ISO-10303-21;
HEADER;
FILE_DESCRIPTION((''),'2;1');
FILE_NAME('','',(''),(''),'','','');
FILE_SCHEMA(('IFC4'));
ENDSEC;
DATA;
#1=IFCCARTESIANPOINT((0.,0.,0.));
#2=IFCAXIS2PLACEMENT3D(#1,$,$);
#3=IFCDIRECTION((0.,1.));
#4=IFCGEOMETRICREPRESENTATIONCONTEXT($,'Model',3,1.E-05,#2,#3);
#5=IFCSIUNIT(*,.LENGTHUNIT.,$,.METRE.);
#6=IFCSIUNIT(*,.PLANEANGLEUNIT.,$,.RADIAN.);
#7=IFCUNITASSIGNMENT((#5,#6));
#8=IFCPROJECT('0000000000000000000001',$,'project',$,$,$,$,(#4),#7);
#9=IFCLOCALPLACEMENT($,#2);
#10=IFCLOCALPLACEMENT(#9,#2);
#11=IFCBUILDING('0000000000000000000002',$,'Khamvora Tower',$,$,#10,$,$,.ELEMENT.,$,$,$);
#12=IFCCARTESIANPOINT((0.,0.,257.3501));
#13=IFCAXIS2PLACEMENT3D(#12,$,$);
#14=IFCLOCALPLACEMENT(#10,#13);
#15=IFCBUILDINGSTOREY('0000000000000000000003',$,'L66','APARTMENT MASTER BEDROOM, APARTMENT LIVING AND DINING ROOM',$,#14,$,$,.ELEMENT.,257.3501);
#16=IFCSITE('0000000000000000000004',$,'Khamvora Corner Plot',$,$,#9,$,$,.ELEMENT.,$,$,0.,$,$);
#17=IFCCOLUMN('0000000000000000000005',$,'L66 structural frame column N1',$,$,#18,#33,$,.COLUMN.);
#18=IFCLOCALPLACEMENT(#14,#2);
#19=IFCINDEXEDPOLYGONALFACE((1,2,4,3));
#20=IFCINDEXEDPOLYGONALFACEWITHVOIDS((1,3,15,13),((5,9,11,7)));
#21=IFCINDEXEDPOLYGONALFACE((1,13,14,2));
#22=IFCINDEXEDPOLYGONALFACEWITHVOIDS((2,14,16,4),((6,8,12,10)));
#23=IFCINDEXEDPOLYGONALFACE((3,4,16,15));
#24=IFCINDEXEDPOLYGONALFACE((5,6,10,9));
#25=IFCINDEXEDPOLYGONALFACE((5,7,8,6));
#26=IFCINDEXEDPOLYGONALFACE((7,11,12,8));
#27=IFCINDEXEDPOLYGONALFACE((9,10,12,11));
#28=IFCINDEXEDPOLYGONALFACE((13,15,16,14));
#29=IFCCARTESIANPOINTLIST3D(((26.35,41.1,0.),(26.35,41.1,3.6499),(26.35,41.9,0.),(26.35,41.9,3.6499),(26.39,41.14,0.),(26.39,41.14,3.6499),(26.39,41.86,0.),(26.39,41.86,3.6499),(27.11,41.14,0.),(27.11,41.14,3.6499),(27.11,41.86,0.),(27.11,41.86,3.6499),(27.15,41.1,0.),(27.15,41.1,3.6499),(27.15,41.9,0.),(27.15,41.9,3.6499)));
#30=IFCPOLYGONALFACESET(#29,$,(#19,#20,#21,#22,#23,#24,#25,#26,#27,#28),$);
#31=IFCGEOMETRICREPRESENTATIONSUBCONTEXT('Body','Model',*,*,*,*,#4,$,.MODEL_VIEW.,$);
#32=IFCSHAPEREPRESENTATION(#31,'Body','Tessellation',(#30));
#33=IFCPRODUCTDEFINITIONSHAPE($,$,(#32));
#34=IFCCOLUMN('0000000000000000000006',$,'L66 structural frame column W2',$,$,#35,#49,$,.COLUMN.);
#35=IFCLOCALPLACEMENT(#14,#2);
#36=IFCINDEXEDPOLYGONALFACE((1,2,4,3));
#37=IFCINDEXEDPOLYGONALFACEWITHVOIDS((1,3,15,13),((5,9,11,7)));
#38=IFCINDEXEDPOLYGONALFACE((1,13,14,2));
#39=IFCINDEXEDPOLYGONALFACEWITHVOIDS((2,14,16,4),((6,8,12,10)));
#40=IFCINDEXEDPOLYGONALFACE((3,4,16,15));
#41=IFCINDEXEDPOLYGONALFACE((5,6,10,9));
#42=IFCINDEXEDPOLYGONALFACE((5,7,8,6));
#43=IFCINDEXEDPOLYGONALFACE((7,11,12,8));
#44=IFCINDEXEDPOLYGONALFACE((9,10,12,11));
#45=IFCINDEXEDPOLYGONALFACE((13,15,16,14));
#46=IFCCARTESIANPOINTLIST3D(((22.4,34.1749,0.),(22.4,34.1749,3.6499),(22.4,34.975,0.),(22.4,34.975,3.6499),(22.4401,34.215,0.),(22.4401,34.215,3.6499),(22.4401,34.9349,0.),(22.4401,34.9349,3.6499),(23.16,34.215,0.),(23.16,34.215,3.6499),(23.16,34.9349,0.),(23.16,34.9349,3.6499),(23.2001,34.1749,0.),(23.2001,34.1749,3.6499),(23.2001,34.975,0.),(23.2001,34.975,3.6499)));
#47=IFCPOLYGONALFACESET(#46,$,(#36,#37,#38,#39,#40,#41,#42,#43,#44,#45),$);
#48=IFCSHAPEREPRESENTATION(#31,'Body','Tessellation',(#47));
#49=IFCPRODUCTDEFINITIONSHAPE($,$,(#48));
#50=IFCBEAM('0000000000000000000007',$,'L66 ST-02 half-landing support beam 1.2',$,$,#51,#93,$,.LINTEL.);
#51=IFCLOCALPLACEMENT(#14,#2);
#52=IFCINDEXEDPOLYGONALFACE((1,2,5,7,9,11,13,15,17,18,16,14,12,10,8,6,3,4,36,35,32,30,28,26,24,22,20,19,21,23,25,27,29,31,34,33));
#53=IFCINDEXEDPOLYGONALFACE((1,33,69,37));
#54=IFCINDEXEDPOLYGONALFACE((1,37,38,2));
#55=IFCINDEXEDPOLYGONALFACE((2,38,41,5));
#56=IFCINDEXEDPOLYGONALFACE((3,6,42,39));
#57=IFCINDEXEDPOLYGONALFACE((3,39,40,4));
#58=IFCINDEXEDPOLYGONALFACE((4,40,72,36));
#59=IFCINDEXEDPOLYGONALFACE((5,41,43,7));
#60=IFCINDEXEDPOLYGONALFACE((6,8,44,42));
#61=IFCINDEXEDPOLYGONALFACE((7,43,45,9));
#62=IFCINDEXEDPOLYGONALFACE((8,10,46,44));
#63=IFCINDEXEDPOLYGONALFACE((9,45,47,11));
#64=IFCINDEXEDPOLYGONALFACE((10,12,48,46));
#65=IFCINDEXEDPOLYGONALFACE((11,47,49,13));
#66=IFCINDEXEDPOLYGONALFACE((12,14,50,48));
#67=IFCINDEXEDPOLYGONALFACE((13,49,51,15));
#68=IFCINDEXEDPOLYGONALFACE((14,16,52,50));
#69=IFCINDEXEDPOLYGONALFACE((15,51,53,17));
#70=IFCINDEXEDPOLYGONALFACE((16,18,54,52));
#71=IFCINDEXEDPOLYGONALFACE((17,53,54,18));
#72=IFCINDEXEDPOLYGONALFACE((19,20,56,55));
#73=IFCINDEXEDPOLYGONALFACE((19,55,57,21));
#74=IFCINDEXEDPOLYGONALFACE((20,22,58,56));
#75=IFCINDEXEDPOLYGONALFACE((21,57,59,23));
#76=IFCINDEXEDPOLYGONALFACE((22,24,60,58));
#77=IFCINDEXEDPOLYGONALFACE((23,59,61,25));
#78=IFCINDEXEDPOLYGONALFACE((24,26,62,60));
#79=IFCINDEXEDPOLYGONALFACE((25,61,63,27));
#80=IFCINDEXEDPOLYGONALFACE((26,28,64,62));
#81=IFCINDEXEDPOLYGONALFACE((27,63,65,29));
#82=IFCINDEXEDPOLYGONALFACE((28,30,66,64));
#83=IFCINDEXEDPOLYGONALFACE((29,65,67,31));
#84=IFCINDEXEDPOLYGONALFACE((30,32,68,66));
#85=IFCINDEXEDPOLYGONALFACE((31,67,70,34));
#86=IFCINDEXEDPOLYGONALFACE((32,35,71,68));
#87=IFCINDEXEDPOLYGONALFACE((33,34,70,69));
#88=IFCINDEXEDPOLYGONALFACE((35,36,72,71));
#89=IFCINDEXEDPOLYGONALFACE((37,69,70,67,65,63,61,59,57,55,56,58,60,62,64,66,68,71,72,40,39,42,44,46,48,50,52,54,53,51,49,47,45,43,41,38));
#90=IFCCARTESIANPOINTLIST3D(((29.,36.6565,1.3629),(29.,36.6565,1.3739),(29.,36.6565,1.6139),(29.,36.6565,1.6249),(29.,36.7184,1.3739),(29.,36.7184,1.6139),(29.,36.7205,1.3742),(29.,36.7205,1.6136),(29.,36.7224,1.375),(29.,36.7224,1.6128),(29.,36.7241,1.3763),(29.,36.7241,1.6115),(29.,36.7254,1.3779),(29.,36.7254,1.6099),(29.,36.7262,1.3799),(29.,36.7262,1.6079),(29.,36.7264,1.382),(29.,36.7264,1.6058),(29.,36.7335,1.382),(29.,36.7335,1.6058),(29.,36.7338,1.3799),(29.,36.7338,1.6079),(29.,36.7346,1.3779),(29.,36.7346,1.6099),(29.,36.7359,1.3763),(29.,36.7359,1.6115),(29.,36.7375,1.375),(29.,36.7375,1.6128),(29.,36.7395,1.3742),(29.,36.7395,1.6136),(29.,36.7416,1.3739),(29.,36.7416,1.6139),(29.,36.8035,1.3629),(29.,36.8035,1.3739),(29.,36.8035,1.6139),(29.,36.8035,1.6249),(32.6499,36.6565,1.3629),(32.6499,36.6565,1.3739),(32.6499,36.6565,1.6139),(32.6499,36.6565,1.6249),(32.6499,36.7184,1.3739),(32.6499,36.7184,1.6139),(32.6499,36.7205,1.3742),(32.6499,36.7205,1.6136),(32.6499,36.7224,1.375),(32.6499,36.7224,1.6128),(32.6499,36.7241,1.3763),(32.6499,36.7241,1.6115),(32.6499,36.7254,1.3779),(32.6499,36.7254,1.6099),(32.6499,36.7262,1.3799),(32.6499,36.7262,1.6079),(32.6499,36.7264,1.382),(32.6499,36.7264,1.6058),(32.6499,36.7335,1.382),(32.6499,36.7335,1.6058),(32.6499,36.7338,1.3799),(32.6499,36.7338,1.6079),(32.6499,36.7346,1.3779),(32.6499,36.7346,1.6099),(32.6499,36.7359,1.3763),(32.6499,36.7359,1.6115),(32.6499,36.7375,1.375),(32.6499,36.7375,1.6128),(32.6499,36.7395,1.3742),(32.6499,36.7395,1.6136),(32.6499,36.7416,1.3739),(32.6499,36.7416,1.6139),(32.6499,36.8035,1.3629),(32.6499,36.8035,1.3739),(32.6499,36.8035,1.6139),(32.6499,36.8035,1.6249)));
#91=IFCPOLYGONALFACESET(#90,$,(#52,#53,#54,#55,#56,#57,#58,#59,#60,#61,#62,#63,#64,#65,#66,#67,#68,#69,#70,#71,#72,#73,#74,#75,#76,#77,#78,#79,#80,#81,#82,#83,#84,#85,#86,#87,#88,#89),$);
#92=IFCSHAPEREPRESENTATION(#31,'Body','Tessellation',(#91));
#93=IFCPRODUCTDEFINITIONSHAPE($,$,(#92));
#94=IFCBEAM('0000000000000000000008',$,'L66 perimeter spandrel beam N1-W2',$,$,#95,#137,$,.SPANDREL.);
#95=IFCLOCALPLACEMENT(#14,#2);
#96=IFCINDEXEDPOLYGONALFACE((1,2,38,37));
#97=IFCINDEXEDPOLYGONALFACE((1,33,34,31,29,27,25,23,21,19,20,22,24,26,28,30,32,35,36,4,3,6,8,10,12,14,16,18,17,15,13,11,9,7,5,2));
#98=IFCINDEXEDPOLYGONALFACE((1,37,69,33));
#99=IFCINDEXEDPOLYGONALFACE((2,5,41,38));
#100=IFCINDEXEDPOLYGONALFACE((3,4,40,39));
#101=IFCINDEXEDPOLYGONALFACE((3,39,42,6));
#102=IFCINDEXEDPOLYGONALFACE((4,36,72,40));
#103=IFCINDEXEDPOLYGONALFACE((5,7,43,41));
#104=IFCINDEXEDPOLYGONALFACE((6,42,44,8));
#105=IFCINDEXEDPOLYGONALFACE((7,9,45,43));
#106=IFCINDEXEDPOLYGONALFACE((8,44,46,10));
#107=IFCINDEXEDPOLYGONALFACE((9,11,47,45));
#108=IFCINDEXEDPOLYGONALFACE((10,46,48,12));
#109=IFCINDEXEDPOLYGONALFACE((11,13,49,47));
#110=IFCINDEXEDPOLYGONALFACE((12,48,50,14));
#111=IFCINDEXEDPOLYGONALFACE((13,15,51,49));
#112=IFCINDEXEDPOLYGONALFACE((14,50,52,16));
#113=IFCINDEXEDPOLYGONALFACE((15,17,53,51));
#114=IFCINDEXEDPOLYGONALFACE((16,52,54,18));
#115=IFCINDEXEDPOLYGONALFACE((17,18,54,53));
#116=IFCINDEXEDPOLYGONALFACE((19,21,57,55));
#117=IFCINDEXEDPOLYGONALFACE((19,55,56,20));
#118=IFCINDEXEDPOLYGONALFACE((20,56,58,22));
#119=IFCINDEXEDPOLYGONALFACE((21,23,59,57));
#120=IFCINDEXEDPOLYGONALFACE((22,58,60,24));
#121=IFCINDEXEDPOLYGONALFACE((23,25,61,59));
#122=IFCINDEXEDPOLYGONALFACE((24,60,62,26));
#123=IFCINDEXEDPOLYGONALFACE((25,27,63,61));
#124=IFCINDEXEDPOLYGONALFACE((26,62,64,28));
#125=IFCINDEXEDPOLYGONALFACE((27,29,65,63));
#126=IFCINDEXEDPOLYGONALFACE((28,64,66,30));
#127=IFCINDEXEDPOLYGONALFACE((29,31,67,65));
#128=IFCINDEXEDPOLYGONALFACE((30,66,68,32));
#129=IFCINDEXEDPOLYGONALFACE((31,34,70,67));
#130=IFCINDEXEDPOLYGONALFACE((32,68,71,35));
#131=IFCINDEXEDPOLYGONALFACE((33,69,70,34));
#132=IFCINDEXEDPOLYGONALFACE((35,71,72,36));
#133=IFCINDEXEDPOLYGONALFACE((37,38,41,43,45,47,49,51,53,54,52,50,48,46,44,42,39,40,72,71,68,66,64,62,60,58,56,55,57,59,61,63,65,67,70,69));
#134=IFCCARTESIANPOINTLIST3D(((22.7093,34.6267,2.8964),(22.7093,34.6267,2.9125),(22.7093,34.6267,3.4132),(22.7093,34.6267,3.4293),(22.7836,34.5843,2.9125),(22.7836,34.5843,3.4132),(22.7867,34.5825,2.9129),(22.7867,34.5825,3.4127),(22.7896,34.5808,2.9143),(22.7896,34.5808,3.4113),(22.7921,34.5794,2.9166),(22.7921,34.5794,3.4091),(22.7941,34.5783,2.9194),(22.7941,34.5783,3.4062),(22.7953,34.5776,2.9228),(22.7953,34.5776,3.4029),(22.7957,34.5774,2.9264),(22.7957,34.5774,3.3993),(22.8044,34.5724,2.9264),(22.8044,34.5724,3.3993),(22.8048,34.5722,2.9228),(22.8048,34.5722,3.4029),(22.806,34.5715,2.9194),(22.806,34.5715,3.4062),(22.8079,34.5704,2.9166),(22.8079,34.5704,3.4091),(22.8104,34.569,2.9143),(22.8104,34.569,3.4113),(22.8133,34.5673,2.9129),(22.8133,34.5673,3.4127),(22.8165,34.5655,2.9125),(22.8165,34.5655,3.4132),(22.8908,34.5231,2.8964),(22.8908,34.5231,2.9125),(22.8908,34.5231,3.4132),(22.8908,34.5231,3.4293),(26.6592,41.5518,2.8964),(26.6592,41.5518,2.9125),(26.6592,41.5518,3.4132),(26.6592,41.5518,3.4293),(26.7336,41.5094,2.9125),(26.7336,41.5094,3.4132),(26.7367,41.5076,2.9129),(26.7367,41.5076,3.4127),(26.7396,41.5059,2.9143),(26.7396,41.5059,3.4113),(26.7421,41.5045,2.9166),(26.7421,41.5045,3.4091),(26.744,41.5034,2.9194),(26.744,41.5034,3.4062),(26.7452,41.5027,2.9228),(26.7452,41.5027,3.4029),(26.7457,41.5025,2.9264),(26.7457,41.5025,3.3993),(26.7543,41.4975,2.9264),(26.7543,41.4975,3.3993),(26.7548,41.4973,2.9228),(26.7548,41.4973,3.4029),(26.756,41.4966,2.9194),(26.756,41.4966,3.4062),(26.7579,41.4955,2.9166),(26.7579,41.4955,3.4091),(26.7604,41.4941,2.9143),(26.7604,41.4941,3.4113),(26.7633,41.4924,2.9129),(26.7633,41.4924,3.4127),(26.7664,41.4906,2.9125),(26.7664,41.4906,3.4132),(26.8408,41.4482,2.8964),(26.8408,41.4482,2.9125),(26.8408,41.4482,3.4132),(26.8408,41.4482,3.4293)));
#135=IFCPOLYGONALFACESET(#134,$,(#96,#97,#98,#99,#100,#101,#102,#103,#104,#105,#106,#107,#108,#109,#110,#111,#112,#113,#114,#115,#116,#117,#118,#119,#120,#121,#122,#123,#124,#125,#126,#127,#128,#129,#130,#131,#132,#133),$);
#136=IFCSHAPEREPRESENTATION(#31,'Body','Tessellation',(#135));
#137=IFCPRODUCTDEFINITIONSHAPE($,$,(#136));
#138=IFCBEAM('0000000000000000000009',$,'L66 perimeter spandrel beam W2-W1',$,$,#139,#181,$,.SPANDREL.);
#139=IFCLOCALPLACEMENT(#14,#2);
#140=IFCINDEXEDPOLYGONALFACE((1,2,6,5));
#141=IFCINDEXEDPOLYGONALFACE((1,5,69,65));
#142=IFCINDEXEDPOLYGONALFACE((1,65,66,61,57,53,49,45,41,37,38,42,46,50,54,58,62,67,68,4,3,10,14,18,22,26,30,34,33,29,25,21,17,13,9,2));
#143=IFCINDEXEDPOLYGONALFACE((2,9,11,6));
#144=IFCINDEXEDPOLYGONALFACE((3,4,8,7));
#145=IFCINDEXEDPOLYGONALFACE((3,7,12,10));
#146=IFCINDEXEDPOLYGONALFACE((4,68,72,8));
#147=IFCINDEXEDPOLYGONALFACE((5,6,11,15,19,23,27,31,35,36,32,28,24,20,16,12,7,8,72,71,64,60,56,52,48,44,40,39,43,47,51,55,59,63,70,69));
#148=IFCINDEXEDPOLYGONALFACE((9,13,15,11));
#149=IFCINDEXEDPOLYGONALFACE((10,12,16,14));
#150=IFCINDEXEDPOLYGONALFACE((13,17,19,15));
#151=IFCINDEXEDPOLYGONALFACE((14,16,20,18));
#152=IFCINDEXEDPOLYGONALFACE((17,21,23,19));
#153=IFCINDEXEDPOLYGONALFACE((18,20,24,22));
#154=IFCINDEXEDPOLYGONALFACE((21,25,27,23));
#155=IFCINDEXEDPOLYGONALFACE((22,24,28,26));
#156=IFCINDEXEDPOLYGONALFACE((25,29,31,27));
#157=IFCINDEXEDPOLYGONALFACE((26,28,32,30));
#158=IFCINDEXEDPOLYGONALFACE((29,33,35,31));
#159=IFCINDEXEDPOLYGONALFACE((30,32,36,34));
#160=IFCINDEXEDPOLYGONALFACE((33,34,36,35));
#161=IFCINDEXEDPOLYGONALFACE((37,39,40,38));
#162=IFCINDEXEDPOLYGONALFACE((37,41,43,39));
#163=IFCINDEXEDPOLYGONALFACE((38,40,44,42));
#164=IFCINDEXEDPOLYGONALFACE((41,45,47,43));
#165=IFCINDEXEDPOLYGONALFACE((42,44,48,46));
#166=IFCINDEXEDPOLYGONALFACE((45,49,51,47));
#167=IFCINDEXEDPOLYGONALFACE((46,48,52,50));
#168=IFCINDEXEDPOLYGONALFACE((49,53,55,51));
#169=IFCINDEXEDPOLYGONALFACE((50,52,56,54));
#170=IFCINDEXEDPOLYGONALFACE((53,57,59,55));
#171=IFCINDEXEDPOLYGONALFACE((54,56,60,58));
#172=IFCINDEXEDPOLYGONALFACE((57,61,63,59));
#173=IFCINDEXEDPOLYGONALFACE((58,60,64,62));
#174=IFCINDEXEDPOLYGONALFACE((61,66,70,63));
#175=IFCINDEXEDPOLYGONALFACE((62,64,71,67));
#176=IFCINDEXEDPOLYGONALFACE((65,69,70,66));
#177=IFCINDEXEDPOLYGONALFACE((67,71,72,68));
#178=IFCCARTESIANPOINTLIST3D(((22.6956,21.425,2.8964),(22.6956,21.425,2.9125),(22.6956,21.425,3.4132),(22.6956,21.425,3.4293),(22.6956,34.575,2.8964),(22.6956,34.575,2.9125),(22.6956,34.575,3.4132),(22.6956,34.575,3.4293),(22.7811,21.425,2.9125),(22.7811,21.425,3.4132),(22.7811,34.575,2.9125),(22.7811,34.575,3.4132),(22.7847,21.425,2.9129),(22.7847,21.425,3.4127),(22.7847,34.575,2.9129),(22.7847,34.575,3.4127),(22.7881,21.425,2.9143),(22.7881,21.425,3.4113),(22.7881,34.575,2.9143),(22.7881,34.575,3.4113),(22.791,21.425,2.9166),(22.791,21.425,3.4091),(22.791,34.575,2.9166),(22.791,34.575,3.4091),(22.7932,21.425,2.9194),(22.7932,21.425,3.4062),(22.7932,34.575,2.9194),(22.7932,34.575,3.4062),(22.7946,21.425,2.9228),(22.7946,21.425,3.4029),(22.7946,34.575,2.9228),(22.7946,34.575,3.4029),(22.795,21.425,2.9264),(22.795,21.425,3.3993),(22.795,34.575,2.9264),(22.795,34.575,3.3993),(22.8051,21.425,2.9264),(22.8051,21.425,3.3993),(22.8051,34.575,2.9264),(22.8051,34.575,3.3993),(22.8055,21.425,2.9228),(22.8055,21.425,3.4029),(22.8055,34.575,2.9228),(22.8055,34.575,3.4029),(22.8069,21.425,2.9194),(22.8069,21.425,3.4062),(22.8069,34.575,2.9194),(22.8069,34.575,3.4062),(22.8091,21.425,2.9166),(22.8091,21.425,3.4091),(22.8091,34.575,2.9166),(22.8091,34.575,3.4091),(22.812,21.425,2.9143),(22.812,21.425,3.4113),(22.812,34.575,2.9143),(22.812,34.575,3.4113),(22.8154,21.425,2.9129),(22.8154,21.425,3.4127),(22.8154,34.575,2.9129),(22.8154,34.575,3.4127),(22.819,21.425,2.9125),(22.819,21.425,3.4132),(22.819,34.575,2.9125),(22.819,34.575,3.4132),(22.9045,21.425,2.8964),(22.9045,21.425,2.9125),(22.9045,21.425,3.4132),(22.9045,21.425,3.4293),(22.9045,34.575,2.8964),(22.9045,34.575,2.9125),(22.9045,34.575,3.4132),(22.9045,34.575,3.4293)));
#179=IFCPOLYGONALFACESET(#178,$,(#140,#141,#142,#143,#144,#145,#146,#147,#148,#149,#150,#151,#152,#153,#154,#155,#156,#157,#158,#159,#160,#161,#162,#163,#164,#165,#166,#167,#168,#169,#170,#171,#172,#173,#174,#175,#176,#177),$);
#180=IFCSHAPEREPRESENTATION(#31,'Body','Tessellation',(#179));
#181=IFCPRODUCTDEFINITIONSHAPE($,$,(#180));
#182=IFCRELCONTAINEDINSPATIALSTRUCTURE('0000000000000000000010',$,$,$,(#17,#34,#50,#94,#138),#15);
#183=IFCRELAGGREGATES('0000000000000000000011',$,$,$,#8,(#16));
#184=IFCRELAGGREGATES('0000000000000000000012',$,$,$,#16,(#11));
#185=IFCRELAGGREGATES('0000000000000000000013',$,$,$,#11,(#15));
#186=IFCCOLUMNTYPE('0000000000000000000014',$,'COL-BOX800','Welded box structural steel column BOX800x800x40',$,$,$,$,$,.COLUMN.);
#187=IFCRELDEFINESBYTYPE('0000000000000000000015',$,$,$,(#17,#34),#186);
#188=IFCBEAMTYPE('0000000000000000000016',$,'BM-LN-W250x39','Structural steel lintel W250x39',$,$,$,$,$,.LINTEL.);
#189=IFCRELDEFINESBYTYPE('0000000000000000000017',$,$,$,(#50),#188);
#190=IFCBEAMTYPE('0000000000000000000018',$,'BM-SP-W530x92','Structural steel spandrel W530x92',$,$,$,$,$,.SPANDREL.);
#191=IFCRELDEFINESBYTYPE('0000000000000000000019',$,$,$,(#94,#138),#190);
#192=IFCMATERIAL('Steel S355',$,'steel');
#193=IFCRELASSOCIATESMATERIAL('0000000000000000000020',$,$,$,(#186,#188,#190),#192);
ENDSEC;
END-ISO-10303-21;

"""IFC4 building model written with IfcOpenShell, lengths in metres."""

from ifc_helpers import new_model, si_unit, direction, frame, origin, origin_2d, place, context, subcontext, project, spatial, hollow_rectangle, i_section, extrude, material, material_profile, profile_set, type_object, element, save


model = new_model("IFC4")

# Units and contexts
model_context = context("Model", 3, precision=1e-05, world=origin(), true_north=direction((0.0, 1.0)))
body_context = subcontext(model_context, "Body", "Model", "MODEL_VIEW")
ifc_project = project(units=[si_unit("LENGTHUNIT", "METRE"), si_unit("PLANEANGLEUNIT", "RADIAN")], contexts=[model_context])

# Site, building, storey
site_placement = place(None, origin())
site = spatial("IfcSite", under=ifc_project, at=site_placement, Name="Khamvora Corner Plot", CompositionType="ELEMENT", RefElevation=0.0)
building_placement = place(site_placement, origin())
building = spatial("IfcBuilding", under=site, at=building_placement, Name="Khamvora Tower", CompositionType="ELEMENT")
storey_placement = place(building_placement, frame((0.0, 0.0, 257.3501)))
storey = spatial("IfcBuildingStorey", under=building, at=storey_placement, Name="L66", Description="APARTMENT MASTER BEDROOM, APARTMENT LIVING AND DINING ROOM", CompositionType="ELEMENT", Elevation=257.3501)

# Columns
ifc_material_1 = material(Name="Steel S355", Category="steel")
ifc_material_profile_1 = material_profile(ifc_material_1, hollow_rectangle(XDim=0.8, YDim=0.8, WallThickness=0.04, at=origin_2d()), Name="BOX800x800x40")
ifc_profile_set_1 = profile_set([ifc_material_profile_1], Name="Steel S355")
column_type = type_object("IfcColumnType", Name="COL-BOX800", Description="Welded box structural steel column BOX800x800x40", PredefinedType="COLUMN", material=ifc_profile_set_1)
for number, where, z_axis, x_axis, name in (
    (1, (26.75, 41.5, 0.0), (0.0, 0.0, 1.0), (1.0, 0.0, 0.0), "L66 structural frame column N1"),
    (2, (22.8, 34.575, 0.0), (0.0, 0.0, 1.0), (1.0, 0.0, 0.0), "L66 structural frame column W2"),
):
    element("IfcColumn", number, at=place(storey_placement, frame(where, z_axis=z_axis, x_axis=x_axis)), inside=storey, type_object=column_type, Name=name, PredefinedType="COLUMN", context=body_context, shape_type="SweptSolid", body=[
        extrude(hollow_rectangle(XDim=0.8, YDim=0.8, WallThickness=0.04, at=origin_2d()), origin(), (0.0, 0.0, 1.0), 3.6499),
    ])

# Beams
ifc_material_profile_2 = material_profile(ifc_material_1, i_section(OverallWidth=0.147, OverallDepth=0.262, WebThickness=0.0071, FlangeThickness=0.011, FilletRadius=0.0081, at=origin_2d()), Name="W250x39")
ifc_profile_set_2 = profile_set([ifc_material_profile_2], Name="Steel S355")
beam_type_1 = type_object("IfcBeamType", Name="BM-LN-W250x39", Description="Structural steel lintel W250x39", PredefinedType="LINTEL", material=ifc_profile_set_2)
beam_1_placement = place(storey_placement, frame((29.0, 36.73, 1.4939), z_axis=(1.0, 0.0, 0.0), x_axis=(0.0, 1.0, 0.0)))
element("IfcBeam", 3, at=beam_1_placement, inside=storey, type_object=beam_type_1, Name="L66 ST-02 half-landing support beam 1.2", PredefinedType="LINTEL", context=body_context, shape_type="SweptSolid", body=[
    extrude(i_section(OverallWidth=0.147, OverallDepth=0.262, WebThickness=0.0071, FlangeThickness=0.011, FilletRadius=0.0081, at=origin_2d()), origin(), (0.0, 0.0, 1.0), 3.6499),
])
ifc_material_profile_3 = material_profile(ifc_material_1, i_section(OverallWidth=0.209, OverallDepth=0.533, WebThickness=0.01, FlangeThickness=0.0161, FilletRadius=0.0139, at=origin_2d()), Name="W530x92")
ifc_profile_set_3 = profile_set([ifc_material_profile_3], Name="Steel S355")
beam_type_2 = type_object("IfcBeamType", Name="BM-SP-W530x92", Description="Structural steel spandrel W530x92", PredefinedType="SPANDREL", material=ifc_profile_set_3)
beam_2_placement = place(storey_placement, frame((26.75, 41.5, 3.1628), z_axis=(-0.495456, -0.868633, 0.0), x_axis=(0.868633, -0.495456, 0.0)))
element("IfcBeam", 4, at=beam_2_placement, inside=storey, type_object=beam_type_2, Name="L66 perimeter spandrel beam N1-W2", PredefinedType="SPANDREL", context=body_context, shape_type="SweptSolid", body=[
    extrude(i_section(OverallWidth=0.209, OverallDepth=0.533, WebThickness=0.01, FlangeThickness=0.0161, FilletRadius=0.0139, at=origin_2d()), origin(), (0.0, 0.0, 1.0), 7.9724),
])
beam_3_placement = place(storey_placement, frame((22.8, 34.575, 3.1628), z_axis=(0.0, -1.0, 0.0), x_axis=(1.0, 0.0, 0.0)))
element("IfcBeam", 5, at=beam_3_placement, inside=storey, type_object=beam_type_2, Name="L66 perimeter spandrel beam W2-W1", PredefinedType="SPANDREL", context=body_context, shape_type="SweptSolid", body=[
    extrude(i_section(OverallWidth=0.209, OverallDepth=0.533, WebThickness=0.01, FlangeThickness=0.0161, FilletRadius=0.0139, at=origin_2d()), origin(), (0.0, 0.0, 1.0), 13.1499),
])

save(model, "model.ifc")
